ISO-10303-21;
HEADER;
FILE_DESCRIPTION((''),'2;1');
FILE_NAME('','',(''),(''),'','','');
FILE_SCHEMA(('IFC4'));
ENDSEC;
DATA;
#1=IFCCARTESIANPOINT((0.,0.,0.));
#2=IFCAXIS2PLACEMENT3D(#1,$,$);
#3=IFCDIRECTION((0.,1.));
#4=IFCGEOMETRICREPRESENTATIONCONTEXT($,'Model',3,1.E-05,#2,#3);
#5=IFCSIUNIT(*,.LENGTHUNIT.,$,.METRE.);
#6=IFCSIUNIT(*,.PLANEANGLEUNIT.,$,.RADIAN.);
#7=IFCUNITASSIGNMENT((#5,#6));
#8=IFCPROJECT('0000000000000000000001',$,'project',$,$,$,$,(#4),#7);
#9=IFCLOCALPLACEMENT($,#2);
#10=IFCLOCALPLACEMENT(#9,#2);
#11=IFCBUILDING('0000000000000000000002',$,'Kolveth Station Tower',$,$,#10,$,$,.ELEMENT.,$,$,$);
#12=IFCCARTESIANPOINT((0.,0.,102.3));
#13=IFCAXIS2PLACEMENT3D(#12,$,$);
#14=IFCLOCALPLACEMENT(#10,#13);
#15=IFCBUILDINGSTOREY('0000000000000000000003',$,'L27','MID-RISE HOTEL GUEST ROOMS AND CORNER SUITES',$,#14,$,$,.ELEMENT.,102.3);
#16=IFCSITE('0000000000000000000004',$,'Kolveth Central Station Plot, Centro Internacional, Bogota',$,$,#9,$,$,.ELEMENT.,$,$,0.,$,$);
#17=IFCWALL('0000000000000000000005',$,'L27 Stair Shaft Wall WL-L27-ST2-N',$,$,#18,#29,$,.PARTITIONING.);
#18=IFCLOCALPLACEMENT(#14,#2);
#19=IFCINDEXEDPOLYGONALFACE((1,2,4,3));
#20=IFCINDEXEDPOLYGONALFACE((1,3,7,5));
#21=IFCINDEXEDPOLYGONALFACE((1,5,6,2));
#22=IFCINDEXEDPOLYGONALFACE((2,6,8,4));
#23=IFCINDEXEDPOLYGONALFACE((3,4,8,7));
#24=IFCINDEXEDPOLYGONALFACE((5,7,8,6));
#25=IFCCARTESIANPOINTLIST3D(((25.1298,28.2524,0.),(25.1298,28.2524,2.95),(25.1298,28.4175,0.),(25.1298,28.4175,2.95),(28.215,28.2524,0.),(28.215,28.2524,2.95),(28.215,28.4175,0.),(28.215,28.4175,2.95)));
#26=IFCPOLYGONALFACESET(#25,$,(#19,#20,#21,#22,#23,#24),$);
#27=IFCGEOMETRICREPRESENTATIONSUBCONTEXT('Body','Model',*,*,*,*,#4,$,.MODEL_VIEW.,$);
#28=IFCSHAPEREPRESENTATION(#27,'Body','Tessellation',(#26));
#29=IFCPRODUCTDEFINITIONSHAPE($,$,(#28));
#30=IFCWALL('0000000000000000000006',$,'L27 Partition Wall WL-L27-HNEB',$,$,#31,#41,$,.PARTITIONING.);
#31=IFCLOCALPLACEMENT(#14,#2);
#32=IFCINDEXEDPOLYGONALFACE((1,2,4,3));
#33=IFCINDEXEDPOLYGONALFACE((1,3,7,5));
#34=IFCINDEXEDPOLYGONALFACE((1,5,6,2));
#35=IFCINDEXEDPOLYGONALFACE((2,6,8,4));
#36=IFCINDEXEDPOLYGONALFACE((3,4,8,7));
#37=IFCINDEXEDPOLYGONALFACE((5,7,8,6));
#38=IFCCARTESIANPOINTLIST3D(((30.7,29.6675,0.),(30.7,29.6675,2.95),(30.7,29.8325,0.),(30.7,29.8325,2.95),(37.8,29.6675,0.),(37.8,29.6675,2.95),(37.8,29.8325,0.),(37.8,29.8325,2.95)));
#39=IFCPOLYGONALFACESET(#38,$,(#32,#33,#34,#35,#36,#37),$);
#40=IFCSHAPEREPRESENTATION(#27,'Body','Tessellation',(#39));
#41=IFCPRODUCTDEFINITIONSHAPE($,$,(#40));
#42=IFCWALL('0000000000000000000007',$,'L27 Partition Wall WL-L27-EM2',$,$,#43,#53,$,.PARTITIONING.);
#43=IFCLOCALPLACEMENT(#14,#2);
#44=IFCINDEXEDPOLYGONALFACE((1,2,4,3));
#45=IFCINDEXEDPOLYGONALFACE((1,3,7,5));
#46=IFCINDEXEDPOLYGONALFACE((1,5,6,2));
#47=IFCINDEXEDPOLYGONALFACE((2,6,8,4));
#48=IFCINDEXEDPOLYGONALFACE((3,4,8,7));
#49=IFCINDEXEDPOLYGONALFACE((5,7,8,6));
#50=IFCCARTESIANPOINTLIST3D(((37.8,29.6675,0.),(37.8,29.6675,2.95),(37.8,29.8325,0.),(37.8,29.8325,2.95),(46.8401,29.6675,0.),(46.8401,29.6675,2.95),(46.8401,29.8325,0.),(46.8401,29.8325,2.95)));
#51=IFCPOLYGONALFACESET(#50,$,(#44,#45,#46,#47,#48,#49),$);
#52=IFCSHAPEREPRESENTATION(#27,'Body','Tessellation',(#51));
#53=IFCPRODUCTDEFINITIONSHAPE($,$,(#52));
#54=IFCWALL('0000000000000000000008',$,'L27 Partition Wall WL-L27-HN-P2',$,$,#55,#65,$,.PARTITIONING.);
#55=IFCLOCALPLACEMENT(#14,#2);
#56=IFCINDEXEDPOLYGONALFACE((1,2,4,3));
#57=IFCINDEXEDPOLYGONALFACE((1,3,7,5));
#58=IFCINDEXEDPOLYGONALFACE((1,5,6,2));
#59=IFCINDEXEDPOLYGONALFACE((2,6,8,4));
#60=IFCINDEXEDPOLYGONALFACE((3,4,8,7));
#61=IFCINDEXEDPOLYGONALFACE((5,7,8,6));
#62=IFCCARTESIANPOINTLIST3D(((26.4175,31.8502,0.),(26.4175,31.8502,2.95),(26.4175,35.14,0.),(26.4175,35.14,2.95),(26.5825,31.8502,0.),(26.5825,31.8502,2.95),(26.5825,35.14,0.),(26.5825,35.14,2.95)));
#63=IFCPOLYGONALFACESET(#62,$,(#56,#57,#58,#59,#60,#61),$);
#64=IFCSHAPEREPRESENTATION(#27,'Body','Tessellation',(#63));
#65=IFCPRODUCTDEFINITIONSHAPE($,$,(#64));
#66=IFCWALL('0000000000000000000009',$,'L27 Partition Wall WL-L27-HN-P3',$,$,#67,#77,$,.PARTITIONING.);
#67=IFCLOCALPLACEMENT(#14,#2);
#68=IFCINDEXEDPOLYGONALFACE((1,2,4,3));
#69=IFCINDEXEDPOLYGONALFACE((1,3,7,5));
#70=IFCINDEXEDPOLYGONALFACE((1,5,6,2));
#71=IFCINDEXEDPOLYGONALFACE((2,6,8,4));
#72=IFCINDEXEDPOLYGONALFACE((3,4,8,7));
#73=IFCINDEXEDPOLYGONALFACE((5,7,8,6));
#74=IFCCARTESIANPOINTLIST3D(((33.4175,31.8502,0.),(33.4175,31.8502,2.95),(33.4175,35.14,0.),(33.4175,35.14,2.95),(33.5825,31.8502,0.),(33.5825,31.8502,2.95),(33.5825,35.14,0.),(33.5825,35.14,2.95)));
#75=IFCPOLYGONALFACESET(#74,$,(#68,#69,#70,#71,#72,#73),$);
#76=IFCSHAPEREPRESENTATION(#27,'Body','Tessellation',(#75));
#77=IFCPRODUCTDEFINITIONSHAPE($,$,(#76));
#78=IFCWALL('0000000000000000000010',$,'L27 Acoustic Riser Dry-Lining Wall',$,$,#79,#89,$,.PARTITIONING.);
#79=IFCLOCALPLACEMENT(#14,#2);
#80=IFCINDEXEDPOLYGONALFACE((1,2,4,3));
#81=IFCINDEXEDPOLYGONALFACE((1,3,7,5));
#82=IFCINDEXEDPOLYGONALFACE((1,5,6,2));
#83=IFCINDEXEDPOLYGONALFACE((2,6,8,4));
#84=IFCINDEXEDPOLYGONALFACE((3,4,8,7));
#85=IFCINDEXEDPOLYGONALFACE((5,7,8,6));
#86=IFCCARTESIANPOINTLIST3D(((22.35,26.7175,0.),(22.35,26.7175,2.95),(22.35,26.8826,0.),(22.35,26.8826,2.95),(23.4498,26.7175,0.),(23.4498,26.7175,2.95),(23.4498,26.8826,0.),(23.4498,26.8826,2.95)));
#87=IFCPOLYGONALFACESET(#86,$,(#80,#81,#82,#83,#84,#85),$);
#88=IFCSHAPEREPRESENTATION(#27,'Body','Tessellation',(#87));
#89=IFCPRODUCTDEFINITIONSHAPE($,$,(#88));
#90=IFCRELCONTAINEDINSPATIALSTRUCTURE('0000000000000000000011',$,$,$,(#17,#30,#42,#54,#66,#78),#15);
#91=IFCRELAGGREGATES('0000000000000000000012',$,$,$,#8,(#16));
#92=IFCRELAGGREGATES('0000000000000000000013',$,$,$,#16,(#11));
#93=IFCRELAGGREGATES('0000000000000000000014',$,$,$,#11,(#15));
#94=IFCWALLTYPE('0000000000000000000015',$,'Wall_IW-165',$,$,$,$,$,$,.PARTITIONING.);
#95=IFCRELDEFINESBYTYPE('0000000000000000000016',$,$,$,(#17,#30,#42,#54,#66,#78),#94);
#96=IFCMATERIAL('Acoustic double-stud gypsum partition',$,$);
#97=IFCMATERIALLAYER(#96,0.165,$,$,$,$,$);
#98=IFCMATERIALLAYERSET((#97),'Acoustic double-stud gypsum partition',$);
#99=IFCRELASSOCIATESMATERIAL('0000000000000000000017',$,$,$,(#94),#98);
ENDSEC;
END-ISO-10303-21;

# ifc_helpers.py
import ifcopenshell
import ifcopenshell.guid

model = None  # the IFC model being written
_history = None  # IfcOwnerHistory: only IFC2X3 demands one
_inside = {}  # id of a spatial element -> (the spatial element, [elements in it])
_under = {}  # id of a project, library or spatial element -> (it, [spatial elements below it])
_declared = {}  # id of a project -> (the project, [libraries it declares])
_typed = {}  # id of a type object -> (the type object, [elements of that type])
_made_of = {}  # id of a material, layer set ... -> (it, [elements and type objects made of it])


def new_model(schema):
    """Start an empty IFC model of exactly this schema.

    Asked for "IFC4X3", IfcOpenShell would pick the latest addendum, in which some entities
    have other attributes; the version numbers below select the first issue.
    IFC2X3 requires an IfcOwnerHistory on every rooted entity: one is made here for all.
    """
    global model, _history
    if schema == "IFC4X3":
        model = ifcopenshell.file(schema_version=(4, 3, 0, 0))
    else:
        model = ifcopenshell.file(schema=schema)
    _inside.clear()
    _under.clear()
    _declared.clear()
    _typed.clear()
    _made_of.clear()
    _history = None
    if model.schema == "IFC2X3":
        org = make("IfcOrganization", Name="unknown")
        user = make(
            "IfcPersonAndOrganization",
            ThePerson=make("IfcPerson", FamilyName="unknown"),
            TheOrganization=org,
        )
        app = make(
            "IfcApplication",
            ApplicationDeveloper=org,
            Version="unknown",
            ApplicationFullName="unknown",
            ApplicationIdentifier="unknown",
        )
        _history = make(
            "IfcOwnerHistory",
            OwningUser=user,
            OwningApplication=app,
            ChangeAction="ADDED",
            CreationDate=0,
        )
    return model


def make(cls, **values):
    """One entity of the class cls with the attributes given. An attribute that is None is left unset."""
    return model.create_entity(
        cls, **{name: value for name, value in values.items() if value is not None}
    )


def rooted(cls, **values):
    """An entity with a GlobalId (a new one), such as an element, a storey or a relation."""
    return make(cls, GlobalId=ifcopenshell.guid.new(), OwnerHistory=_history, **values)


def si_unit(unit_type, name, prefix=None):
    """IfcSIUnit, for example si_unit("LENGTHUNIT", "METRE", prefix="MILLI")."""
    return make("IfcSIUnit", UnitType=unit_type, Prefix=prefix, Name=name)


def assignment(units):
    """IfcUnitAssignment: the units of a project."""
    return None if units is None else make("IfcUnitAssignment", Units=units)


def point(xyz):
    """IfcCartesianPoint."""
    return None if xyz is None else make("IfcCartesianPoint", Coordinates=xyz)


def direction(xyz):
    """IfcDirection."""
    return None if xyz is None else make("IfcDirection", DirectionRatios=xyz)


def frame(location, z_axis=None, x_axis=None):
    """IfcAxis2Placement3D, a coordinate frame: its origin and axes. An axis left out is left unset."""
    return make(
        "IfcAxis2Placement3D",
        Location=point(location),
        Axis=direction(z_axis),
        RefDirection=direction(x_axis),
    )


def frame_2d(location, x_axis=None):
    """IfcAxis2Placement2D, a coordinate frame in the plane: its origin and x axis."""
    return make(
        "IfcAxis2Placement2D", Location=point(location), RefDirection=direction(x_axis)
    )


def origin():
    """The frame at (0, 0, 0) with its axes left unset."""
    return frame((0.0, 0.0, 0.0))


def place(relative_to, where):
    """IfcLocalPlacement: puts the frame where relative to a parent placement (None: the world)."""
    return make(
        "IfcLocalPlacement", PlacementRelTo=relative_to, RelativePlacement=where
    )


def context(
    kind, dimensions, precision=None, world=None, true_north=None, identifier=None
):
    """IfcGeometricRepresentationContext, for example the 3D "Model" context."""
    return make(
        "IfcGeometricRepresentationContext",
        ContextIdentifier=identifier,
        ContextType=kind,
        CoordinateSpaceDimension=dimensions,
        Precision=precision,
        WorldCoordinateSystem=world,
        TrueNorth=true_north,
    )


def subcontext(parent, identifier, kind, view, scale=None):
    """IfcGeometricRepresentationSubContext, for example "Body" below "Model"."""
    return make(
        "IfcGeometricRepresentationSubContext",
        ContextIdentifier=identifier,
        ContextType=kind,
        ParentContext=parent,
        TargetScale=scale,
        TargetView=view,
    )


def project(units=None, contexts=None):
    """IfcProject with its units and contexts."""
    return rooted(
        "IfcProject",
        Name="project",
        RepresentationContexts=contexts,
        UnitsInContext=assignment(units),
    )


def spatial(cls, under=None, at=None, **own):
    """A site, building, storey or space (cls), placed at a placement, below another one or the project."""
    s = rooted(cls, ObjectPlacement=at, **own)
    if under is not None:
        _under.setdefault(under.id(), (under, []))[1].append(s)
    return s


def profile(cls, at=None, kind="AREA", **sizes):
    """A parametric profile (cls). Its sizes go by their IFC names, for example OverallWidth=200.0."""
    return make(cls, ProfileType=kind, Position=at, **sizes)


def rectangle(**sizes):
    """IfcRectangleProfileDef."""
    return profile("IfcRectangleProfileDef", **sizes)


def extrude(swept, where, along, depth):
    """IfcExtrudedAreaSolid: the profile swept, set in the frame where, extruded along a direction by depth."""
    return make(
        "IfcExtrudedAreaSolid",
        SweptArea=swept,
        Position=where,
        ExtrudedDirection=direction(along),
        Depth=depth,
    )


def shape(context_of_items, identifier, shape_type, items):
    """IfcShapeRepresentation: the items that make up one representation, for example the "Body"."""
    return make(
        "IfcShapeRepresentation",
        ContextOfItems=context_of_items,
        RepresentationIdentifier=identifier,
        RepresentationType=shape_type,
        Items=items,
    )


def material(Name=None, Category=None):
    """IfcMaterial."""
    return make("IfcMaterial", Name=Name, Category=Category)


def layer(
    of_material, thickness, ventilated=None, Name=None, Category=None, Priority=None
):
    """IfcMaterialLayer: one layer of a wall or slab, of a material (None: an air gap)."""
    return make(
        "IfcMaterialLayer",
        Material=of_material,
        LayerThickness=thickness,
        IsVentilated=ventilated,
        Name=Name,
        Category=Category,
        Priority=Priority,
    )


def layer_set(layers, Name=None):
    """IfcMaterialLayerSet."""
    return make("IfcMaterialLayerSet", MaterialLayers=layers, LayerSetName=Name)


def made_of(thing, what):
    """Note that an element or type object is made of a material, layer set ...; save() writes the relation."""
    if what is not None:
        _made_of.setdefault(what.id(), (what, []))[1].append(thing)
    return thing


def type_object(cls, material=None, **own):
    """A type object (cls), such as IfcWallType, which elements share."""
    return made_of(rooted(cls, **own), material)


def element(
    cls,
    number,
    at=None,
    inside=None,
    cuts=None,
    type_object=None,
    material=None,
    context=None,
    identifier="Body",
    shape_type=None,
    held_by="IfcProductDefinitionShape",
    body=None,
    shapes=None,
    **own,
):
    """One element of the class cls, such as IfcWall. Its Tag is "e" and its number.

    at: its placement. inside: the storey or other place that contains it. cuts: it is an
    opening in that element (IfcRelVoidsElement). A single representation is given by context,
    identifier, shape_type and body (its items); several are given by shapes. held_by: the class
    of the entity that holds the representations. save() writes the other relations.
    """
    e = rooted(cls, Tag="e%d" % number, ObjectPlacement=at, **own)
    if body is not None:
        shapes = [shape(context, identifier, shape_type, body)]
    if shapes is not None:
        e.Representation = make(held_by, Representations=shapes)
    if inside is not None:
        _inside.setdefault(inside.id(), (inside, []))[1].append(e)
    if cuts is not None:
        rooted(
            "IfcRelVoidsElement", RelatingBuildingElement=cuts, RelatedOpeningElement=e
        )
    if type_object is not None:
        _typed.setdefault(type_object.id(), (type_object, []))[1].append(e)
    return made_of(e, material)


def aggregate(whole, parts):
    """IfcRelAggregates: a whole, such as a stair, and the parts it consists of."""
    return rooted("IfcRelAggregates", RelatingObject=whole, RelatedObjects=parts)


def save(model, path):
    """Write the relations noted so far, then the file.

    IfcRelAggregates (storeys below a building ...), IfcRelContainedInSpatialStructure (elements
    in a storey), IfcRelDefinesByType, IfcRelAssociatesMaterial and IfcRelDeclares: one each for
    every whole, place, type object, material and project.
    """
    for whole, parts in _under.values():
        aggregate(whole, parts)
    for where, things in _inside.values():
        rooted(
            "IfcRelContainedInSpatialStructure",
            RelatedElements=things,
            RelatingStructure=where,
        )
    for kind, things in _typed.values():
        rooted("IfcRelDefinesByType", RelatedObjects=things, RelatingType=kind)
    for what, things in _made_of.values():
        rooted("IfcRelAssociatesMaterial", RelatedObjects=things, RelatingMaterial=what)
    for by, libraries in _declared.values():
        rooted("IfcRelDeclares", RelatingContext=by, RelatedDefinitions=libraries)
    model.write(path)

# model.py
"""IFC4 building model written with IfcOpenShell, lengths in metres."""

from ifc_helpers import new_model, si_unit, direction, frame, frame_2d, origin, place, context, subcontext, project, spatial, rectangle, extrude, material, layer, layer_set, type_object, element, save


model = new_model("IFC4")

# Units and contexts
model_context = context("Model", 3, precision=1e-05, world=origin(), true_north=direction((0.0, 1.0)))
body_context = subcontext(model_context, "Body", "Model", "MODEL_VIEW")
ifc_project = project(units=[si_unit("LENGTHUNIT", "METRE"), si_unit("PLANEANGLEUNIT", "RADIAN")], contexts=[model_context])

# Site, building, storey
site_placement = place(None, origin())
site = spatial("IfcSite", under=ifc_project, at=site_placement, Name="Kolveth Central Station Plot, Centro Internacional, Bogota", CompositionType="ELEMENT", RefElevation=0.0)
building_placement = place(site_placement, origin())
building = spatial("IfcBuilding", under=site, at=building_placement, Name="Kolveth Station Tower", CompositionType="ELEMENT")
storey_placement = place(building_placement, frame((0.0, 0.0, 102.3)))
storey = spatial("IfcBuildingStorey", under=building, at=storey_placement, Name="L27", Description="MID-RISE HOTEL GUEST ROOMS AND CORNER SUITES", CompositionType="ELEMENT", Elevation=102.3)

# Walls
ifc_material_1 = material(Name="Acoustic double-stud gypsum partition")
ifc_layer_1 = layer(ifc_material_1, 0.165)
ifc_layer_set_1 = layer_set([ifc_layer_1], Name="Acoustic double-stud gypsum partition")
wall_type = type_object("IfcWallType", Name="Wall_IW-165", PredefinedType="PARTITIONING", material=ifc_layer_set_1)
wall_1_placement = place(storey_placement, frame((25.1299, 28.335, 0.0), z_axis=(0.0, 0.0, 1.0), x_axis=(1.0, 0.0, 0.0)))
element("IfcWall", 1, at=wall_1_placement, inside=storey, type_object=wall_type, Name="L27 Stair Shaft Wall WL-L27-ST2-N", PredefinedType="PARTITIONING", context=body_context, shape_type="SweptSolid", body=[
    extrude(rectangle(XDim=3.0852, YDim=0.165, at=frame_2d((1.5425, 0.0))), origin(), (0.0, 0.0, 1.0), 2.95),
])
wall_2_placement = place(storey_placement, frame((30.7, 29.75, 0.0), z_axis=(0.0, 0.0, 1.0), x_axis=(1.0, 0.0, 0.0)))
element("IfcWall", 2, at=wall_2_placement, inside=storey, type_object=wall_type, Name="L27 Partition Wall WL-L27-HNEB", PredefinedType="PARTITIONING", context=body_context, shape_type="SweptSolid", body=[
    extrude(rectangle(XDim=7.1001, YDim=0.165, at=frame_2d((3.55, 0.0))), origin(), (0.0, 0.0, 1.0), 2.95),
])

# Walls
wall_3_placement = place(storey_placement, frame((37.8, 29.75, 0.0), z_axis=(0.0, 0.0, 1.0), x_axis=(1.0, 0.0, 0.0)))
element("IfcWall", 3, at=wall_3_placement, inside=storey, type_object=wall_type, Name="L27 Partition Wall WL-L27-EM2", PredefinedType="PARTITIONING", context=body_context, shape_type="SweptSolid", body=[
    extrude(rectangle(XDim=9.04, YDim=0.165, at=frame_2d((4.52, 0.0))), origin(), (0.0, 0.0, 1.0), 2.95),
])
for number, where, z_axis, x_axis, name in (
    (4, (26.5, 31.8501, 0.0), (0.0, 0.0, 1.0), (0.0, 1.0, 0.0), "L27 Partition Wall WL-L27-HN-P2"),
    (5, (33.5, 31.8501, 0.0), (0.0, 0.0, 1.0), (0.0, 1.0, 0.0), "L27 Partition Wall WL-L27-HN-P3"),
):
    element("IfcWall", number, at=place(storey_placement, frame(where, z_axis=z_axis, x_axis=x_axis)), inside=storey, type_object=wall_type, Name=name, PredefinedType="PARTITIONING", context=body_context, shape_type="SweptSolid", body=[
        extrude(rectangle(XDim=3.2898, YDim=0.165, at=frame_2d((1.645, 0.0))), origin(), (0.0, 0.0, 1.0), 2.95),
    ])
wall_4_placement = place(storey_placement, frame((22.3501, 26.8, 0.0), z_axis=(0.0, 0.0, 1.0), x_axis=(1.0, 0.0, 0.0)))
element("IfcWall", 6, at=wall_4_placement, inside=storey, type_object=wall_type, Name="L27 Acoustic Riser Dry-Lining Wall", PredefinedType="PARTITIONING", context=body_context, shape_type="SweptSolid", body=[
    extrude(rectangle(XDim=1.0999, YDim=0.165, at=frame_2d((0.5498, 0.0))), origin(), (0.0, 0.0, 1.0), 2.95),
])

save(model, "model.ifc")
